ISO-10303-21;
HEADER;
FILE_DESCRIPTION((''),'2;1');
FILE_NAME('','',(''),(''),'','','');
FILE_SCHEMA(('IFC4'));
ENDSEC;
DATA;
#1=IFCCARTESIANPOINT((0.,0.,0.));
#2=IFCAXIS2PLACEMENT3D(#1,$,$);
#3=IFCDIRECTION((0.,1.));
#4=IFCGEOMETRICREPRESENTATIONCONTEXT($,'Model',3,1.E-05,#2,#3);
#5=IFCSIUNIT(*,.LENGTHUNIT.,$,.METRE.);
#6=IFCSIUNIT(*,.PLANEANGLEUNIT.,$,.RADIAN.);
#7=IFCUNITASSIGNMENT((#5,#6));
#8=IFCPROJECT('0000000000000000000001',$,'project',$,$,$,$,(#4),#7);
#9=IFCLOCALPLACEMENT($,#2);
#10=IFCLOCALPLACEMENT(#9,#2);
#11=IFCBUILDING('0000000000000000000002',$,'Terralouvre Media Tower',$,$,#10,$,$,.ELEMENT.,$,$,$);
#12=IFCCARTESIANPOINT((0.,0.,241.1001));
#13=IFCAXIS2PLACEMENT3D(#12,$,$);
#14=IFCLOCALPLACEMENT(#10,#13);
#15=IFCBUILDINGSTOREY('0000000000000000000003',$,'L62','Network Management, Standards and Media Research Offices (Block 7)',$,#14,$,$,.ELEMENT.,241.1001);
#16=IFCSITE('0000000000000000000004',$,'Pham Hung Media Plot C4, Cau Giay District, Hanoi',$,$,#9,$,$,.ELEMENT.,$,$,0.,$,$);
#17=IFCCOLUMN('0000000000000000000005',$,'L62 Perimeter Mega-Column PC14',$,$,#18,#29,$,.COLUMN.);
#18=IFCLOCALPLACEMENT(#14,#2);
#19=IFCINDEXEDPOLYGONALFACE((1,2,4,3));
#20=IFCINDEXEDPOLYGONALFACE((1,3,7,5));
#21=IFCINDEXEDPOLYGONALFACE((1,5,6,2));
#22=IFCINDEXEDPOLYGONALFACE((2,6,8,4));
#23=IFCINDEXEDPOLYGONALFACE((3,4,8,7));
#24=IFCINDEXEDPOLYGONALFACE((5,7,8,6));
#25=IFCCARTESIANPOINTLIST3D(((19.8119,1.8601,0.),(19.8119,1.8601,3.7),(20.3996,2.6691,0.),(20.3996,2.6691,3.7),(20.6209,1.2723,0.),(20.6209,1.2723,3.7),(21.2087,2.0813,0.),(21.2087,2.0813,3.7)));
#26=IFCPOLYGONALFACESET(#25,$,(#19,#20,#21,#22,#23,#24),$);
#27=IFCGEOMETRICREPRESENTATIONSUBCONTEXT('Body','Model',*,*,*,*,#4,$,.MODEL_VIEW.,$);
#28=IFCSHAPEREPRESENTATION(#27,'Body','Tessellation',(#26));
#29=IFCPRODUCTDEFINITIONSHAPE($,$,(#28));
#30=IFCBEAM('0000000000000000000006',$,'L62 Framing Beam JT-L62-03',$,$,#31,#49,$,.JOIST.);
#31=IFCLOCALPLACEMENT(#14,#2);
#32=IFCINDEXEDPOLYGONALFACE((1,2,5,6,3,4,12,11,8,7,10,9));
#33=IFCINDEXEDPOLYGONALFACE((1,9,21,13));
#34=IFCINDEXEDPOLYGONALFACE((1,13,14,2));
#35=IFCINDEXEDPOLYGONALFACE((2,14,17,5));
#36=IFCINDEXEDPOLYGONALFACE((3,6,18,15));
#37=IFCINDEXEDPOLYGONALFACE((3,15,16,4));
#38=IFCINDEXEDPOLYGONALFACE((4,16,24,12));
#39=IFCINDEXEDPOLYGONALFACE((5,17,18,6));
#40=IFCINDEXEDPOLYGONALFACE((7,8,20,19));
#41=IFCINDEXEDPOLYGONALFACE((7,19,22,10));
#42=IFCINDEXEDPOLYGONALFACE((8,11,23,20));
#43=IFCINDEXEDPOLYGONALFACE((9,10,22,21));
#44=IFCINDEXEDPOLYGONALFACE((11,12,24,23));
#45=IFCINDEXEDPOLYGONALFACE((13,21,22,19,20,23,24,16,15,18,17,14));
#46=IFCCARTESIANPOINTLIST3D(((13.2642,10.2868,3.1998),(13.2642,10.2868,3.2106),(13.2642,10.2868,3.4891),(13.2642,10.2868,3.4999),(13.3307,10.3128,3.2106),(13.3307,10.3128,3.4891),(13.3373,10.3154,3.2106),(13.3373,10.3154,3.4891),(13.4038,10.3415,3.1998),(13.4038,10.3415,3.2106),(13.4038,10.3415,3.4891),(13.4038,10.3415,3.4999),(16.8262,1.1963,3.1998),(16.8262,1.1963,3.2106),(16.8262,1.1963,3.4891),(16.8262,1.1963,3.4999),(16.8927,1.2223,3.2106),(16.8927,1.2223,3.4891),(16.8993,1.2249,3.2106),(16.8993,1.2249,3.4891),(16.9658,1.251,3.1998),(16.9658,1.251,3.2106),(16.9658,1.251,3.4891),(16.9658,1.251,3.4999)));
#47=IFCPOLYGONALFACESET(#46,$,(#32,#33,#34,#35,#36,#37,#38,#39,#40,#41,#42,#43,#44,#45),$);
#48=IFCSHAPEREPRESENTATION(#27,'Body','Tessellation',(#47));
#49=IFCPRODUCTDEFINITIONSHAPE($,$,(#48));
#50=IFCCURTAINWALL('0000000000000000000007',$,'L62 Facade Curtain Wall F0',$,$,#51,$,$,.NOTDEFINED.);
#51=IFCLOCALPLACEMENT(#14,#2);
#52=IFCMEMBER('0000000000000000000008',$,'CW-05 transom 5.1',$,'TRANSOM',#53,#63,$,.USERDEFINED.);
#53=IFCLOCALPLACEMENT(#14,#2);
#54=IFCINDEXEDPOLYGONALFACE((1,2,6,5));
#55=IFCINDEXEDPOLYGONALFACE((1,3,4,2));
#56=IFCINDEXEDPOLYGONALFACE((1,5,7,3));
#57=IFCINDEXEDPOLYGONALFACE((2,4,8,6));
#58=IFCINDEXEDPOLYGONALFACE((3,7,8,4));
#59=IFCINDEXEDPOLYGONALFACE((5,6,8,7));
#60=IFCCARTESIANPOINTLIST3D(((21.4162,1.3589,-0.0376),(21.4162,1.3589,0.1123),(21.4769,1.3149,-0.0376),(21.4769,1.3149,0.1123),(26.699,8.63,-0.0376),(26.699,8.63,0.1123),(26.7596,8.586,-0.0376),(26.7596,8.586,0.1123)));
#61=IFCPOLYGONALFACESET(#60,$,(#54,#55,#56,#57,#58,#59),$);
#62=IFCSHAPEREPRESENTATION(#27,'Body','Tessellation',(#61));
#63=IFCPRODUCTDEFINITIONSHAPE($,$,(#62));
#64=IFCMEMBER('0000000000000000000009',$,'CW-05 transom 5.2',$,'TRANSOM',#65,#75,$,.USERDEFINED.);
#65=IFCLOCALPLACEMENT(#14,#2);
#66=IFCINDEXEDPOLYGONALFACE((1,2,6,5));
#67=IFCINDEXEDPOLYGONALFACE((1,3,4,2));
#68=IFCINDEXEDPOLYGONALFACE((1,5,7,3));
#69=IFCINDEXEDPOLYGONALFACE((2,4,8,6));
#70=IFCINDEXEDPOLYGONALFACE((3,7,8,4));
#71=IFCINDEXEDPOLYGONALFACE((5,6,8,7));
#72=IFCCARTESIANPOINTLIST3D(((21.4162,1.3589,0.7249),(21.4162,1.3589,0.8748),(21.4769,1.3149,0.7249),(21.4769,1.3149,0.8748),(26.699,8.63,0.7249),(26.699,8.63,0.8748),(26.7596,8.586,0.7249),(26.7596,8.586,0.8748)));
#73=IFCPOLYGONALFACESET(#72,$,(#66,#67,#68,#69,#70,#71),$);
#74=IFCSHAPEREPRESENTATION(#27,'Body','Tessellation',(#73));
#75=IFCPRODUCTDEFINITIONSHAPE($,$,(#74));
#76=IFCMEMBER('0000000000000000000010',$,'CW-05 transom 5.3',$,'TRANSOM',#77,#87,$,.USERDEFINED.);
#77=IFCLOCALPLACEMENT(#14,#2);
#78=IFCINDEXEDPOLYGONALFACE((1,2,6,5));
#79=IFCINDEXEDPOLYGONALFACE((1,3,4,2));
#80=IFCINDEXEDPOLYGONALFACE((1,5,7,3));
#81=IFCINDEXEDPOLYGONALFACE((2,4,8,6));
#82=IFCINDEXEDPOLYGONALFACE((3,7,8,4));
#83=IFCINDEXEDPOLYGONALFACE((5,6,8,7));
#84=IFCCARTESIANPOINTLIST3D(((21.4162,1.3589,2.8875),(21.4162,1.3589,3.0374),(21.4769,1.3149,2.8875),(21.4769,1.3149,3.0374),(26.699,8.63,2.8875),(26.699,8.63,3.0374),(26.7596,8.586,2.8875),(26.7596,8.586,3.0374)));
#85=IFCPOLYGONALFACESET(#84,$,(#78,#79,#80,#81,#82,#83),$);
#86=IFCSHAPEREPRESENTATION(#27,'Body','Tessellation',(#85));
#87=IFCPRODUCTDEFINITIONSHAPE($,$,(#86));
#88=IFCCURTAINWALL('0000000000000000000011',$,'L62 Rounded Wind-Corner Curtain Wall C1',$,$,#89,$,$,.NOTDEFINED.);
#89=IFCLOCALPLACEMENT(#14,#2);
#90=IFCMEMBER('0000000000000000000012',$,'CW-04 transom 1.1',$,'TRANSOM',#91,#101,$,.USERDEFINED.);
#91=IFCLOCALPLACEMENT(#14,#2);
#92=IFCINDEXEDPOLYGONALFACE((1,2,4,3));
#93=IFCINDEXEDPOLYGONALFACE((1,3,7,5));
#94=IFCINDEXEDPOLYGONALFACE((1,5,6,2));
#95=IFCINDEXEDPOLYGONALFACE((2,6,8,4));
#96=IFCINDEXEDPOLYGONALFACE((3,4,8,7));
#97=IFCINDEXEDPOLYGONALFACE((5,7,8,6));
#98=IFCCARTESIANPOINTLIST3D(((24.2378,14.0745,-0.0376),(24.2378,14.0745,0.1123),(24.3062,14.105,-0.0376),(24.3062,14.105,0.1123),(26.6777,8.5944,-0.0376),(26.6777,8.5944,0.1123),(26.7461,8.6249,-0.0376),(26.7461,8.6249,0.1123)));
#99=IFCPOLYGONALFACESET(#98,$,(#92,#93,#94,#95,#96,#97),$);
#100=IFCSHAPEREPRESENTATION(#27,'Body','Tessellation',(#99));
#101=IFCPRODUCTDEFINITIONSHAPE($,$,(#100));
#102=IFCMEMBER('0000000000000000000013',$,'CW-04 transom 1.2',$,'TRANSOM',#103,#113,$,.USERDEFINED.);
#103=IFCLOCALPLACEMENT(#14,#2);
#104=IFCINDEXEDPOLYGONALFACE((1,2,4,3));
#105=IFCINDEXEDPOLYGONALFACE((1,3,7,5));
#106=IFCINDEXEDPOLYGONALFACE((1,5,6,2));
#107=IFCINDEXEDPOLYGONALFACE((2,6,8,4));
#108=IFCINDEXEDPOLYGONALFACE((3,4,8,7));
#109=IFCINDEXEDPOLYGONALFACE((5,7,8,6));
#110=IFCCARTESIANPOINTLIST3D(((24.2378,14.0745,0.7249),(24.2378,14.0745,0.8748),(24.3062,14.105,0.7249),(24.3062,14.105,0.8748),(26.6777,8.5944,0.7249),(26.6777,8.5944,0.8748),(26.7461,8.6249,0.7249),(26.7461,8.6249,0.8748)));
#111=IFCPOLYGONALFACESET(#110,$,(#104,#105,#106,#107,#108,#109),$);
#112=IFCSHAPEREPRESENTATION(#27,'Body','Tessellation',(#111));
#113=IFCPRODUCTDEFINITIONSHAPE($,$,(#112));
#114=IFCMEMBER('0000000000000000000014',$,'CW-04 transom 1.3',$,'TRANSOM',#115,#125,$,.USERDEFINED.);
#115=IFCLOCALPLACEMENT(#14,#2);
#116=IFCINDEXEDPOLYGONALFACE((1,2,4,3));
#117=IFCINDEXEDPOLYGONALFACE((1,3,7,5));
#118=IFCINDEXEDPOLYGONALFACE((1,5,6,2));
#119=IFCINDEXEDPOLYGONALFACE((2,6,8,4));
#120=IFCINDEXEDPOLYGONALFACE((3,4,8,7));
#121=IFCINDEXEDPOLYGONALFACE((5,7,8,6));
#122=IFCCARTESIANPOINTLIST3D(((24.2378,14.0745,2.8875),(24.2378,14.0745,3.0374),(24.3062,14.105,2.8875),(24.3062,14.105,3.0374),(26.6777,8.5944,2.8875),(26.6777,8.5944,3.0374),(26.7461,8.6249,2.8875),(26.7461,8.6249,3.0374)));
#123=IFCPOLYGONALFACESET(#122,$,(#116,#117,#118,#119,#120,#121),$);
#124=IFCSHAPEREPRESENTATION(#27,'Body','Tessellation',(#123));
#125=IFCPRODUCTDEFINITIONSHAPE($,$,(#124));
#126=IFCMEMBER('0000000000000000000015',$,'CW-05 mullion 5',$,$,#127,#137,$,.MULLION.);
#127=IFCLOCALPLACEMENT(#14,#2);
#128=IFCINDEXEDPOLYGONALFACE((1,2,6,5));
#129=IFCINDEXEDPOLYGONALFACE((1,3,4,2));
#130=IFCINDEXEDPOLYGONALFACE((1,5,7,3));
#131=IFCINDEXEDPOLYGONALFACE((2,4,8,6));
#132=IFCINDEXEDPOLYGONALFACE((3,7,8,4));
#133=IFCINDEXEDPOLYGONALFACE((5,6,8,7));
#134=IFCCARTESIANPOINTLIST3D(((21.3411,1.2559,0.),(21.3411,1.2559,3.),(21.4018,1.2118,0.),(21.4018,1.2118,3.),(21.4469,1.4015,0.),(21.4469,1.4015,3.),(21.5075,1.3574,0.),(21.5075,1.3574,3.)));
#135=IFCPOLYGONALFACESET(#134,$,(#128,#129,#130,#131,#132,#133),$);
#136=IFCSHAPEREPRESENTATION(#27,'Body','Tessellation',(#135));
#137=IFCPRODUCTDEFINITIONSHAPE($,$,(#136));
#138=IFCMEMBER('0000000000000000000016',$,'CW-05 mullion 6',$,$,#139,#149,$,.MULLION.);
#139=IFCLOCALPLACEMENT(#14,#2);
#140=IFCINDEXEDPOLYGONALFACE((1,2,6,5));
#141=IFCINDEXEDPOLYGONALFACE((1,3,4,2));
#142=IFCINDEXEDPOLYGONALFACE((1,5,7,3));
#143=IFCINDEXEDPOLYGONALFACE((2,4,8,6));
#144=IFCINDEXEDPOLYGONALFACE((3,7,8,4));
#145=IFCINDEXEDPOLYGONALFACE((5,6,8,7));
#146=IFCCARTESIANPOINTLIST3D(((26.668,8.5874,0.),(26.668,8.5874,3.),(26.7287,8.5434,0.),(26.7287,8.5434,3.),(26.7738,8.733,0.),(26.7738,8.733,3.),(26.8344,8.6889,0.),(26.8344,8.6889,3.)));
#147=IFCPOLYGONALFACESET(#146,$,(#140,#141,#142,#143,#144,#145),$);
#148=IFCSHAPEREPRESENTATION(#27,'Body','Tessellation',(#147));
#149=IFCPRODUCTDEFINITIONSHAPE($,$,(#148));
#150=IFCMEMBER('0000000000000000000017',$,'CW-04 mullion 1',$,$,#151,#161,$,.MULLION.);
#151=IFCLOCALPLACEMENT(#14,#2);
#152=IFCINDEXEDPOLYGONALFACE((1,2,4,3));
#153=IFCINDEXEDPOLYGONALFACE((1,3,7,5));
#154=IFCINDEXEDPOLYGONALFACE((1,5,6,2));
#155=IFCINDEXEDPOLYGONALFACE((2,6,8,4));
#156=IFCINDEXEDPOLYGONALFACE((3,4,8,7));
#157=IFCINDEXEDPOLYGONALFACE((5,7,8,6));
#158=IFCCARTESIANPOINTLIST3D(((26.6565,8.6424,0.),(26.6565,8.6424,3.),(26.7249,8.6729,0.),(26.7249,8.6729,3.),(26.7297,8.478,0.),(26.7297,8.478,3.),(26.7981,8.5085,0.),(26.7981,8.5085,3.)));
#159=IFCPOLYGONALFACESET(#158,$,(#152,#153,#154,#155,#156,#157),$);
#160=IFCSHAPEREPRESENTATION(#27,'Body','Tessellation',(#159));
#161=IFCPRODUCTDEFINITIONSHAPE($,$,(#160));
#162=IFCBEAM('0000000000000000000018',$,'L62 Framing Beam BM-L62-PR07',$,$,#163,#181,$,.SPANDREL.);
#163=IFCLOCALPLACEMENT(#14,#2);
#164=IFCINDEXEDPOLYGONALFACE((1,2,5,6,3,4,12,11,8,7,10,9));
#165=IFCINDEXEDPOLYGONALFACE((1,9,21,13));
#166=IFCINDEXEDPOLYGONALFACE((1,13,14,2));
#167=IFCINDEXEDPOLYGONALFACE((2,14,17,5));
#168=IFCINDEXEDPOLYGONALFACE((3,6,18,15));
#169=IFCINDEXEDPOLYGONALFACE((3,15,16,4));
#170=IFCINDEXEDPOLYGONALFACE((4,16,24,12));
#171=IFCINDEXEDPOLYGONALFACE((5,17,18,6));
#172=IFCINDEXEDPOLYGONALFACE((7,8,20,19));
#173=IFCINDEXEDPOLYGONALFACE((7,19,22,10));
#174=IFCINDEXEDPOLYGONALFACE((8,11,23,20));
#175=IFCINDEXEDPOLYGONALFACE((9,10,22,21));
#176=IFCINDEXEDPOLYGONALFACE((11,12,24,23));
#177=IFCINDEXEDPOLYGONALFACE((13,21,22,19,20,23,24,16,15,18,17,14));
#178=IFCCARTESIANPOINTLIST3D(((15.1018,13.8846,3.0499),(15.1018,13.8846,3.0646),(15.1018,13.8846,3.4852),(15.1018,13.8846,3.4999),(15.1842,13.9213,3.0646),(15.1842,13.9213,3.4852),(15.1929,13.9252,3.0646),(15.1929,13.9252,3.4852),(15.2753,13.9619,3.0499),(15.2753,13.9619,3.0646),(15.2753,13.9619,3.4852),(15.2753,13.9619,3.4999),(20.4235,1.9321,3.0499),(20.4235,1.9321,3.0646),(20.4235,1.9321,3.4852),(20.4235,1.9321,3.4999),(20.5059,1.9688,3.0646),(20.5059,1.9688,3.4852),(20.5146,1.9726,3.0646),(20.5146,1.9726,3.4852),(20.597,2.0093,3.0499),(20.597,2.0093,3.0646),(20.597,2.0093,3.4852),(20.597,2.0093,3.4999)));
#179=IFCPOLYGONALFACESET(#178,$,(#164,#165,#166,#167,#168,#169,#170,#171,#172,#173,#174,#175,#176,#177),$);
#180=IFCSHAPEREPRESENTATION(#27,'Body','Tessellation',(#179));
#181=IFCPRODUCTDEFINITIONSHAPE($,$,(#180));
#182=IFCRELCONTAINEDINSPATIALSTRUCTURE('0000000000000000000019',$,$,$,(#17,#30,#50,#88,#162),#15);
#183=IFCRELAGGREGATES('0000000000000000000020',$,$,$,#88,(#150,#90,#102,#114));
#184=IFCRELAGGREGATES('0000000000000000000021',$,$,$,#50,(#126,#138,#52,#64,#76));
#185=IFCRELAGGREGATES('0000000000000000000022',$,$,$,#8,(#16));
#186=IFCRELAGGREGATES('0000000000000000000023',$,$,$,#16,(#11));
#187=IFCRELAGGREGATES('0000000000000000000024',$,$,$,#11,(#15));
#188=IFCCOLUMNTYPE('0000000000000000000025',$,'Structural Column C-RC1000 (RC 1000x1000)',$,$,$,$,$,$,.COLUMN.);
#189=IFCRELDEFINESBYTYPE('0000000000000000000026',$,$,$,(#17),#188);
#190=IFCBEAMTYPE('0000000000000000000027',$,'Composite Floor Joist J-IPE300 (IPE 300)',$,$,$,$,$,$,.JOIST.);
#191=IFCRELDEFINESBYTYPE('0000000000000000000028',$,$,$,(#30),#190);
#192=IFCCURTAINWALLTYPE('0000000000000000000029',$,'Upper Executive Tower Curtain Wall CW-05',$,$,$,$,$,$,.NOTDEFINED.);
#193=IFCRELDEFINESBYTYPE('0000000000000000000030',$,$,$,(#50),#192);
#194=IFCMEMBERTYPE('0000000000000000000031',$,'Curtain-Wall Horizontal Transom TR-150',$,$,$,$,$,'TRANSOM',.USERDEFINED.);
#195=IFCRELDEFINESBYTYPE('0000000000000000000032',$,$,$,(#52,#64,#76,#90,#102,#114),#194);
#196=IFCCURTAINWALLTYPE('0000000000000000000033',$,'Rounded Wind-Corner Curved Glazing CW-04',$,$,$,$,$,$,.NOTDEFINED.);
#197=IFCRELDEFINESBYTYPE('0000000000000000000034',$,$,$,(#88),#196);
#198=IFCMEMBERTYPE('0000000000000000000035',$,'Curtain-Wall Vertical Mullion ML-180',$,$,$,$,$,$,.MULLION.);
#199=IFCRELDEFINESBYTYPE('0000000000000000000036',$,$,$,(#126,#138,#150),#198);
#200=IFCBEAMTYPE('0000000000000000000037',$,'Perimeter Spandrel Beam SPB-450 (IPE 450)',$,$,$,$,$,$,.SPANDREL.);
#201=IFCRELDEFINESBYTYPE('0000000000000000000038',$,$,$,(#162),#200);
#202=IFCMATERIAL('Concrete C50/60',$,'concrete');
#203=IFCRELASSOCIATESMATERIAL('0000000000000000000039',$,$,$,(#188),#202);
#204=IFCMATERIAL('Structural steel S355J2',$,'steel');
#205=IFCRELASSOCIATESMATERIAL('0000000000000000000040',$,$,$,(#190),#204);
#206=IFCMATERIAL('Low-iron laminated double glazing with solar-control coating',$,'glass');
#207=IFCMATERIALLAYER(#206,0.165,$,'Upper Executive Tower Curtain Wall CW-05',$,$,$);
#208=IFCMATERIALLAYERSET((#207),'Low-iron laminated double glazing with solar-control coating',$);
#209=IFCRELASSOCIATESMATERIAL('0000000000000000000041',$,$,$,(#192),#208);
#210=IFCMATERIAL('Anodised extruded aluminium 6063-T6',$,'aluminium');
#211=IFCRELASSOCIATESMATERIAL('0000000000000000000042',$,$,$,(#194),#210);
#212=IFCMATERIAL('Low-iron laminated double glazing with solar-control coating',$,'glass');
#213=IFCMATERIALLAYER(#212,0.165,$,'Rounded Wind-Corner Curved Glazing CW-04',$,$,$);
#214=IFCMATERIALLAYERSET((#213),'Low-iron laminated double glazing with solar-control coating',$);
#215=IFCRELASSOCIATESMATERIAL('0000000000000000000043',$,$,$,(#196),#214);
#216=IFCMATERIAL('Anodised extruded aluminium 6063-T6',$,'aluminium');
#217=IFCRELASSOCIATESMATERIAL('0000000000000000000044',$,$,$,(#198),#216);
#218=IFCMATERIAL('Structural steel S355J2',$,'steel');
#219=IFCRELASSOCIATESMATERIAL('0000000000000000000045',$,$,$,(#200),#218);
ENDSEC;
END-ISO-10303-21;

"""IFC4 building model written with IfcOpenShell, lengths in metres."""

from ifc_helpers import new_model, si_unit, direction, frame, origin, origin_2d, place, context, subcontext, project, spatial, rectangle, i_section, extrude, material, layer, layer_set, material_profile, profile_set, type_object, element, aggregate, save


model = new_model("IFC4")

# Units and contexts
model_context = context("Model", 3, precision=1e-05, world=origin(), true_north=direction((0.0, 1.0)))
body_context = subcontext(model_context, "Body", "Model", "MODEL_VIEW")
ifc_project = project(units=[si_unit("LENGTHUNIT", "METRE"), si_unit("PLANEANGLEUNIT", "RADIAN")], contexts=[model_context])

# Site, building, storey
site_placement = place(None, origin())
site = spatial("IfcSite", under=ifc_project, at=site_placement, Name="Pham Hung Media Plot C4, Cau Giay District, Hanoi", CompositionType="ELEMENT", RefElevation=0.0)
building_placement = place(site_placement, origin())
building = spatial("IfcBuilding", under=site, at=building_placement, Name="Terralouvre Media Tower", CompositionType="ELEMENT")
storey_placement = place(building_placement, frame((0.0, 0.0, 241.1001)))
storey = spatial("IfcBuildingStorey", under=building, at=storey_placement, Name="L62", Description="Network Management, Standards and Media Research Offices (Block 7)", CompositionType="ELEMENT", Elevation=241.1001)

# Column
ifc_material_1 = material(Name="Concrete C50/60", Category="concrete")
ifc_material_profile_1 = material_profile(ifc_material_1, rectangle(XDim=1.0, YDim=1.0, at=origin_2d()), Name="RC 1000x1000")
ifc_profile_set_1 = profile_set([ifc_material_profile_1], Name="Concrete C50/60")
column_type = type_object("IfcColumnType", Name="Structural Column C-RC1000 (RC 1000x1000)", PredefinedType="COLUMN", material=ifc_profile_set_1)
column_placement = place(storey_placement, frame((20.5103, 1.9707, 0.0), z_axis=(0.0, 0.0, 1.0), x_axis=(0.587785, 0.809017, 0.0)))
element("IfcColumn", 1, at=column_placement, inside=storey, type_object=column_type, Name="L62 Perimeter Mega-Column PC14", PredefinedType="COLUMN", context=body_context, shape_type="SweptSolid", body=[
    extrude(rectangle(XDim=1.0, YDim=1.0, at=origin_2d()), origin(), (0.0, 0.0, 1.0), 3.7),
])

# Beam
ifc_material_2 = material(Name="Structural steel S355J2", Category="steel")
ifc_material_profile_2 = material_profile(ifc_material_2, i_section(OverallWidth=0.1499, OverallDepth=0.3, WebThickness=0.0071, FlangeThickness=0.0107, at=origin_2d()), Name="IPE 300")
ifc_profile_set_2 = profile_set([ifc_material_profile_2], Name="Structural steel S355J2")
beam_type_1 = type_object("IfcBeamType", Name="Composite Floor Joist J-IPE300 (IPE 300)", PredefinedType="JOIST", material=ifc_profile_set_2)
beam_1_placement = place(storey_placement, frame((16.896, 1.2236, 3.3499), z_axis=(-0.364828, 0.931075, 0.0), x_axis=(-0.931075, -0.364828, 0.0)))
element("IfcBeam", 2, at=beam_1_placement, inside=storey, type_object=beam_type_1, Name="L62 Framing Beam JT-L62-03", PredefinedType="JOIST", context=body_context, shape_type="SweptSolid", body=[
    extrude(i_section(OverallWidth=0.1499, OverallDepth=0.3, WebThickness=0.0071, FlangeThickness=0.0107, at=origin_2d()), origin(), (0.0, 0.0, 1.0), 9.7634),
])

# Curtain walls, members
ifc_material_3 = material(Name="Low-iron laminated double glazing with solar-control coating", Category="glass")
ifc_layer_1 = layer(ifc_material_3, 0.165, Name="Upper Executive Tower Curtain Wall CW-05")
ifc_layer_set_1 = layer_set([ifc_layer_1], Name="Low-iron laminated double glazing with solar-control coating")
curtain_wall_type_1 = type_object("IfcCurtainWallType", Name="Upper Executive Tower Curtain Wall CW-05", PredefinedType="NOTDEFINED", material=ifc_layer_set_1)
curtain_wall_1_placement = place(storey_placement, origin())
curtain_wall_1 = element("IfcCurtainWall", 3, at=curtain_wall_1_placement, inside=storey, type_object=curtain_wall_type_1, Name="L62 Facade Curtain Wall F0", PredefinedType="NOTDEFINED")
ifc_material_4 = material(Name="Anodised extruded aluminium 6063-T6", Category="aluminium")
ifc_material_profile_3 = material_profile(ifc_material_4, rectangle(XDim=0.075, YDim=0.1499, at=origin_2d()), Name="ALU 75x150")
ifc_profile_set_3 = profile_set([ifc_material_profile_3], Name="Anodised extruded aluminium 6063-T6")
member_type_1 = type_object("IfcMemberType", Name="Curtain-Wall Horizontal Transom TR-150", ElementType="TRANSOM", PredefinedType="USERDEFINED", material=ifc_profile_set_3)
member_1_placement = place(storey_placement, frame((21.4465, 1.3369, 0.0374), z_axis=(0.587787, 0.809016, 0.0), x_axis=(-0.809016, 0.587787, 0.0)))
member_1 = element("IfcMember", 4, at=member_1_placement, type_object=member_type_1, Name="CW-05 transom 5.1", ObjectType="TRANSOM", PredefinedType="USERDEFINED", context=body_context, shape_type="SweptSolid", body=[
    extrude(rectangle(XDim=0.075, YDim=0.1499, at=origin_2d()), origin(), (0.0, 0.0, 1.0), 8.9875),
])
member_2_placement = place(storey_placement, frame((21.4465, 1.3369, 0.7998), z_axis=(0.587787, 0.809016, 0.0), x_axis=(-0.809016, 0.587787, 0.0)))
member_2 = element("IfcMember", 5, at=member_2_placement, type_object=member_type_1, Name="CW-05 transom 5.2", ObjectType="TRANSOM", PredefinedType="USERDEFINED", context=body_context, shape_type="SweptSolid", body=[
    extrude(rectangle(XDim=0.075, YDim=0.1499, at=origin_2d()), origin(), (0.0, 0.0, 1.0), 8.9875),
])
member_3_placement = place(storey_placement, frame((21.4465, 1.3369, 2.9624), z_axis=(0.587787, 0.809016, 0.0), x_axis=(-0.809016, 0.587787, 0.0)))
member_3 = element("IfcMember", 6, at=member_3_placement, type_object=member_type_1, Name="CW-05 transom 5.3", ObjectType="TRANSOM", PredefinedType="USERDEFINED", context=body_context, shape_type="SweptSolid", body=[
    extrude(rectangle(XDim=0.075, YDim=0.1499, at=origin_2d()), origin(), (0.0, 0.0, 1.0), 8.9875),
])
ifc_material_5 = material(Name="Low-iron laminated double glazing with solar-control coating", Category="glass")
ifc_layer_2 = layer(ifc_material_5, 0.165, Name="Rounded Wind-Corner Curved Glazing CW-04")
ifc_layer_set_2 = layer_set([ifc_layer_2], Name="Low-iron laminated double glazing with solar-control coating")
curtain_wall_type_2 = type_object("IfcCurtainWallType", Name="Rounded Wind-Corner Curved Glazing CW-04", PredefinedType="NOTDEFINED", material=ifc_layer_set_2)
curtain_wall_2_placement = place(storey_placement, origin())
curtain_wall_2 = element("IfcCurtainWall", 7, at=curtain_wall_2_placement, inside=storey, type_object=curtain_wall_type_2, Name="L62 Rounded Wind-Corner Curtain Wall C1", PredefinedType="NOTDEFINED")
member_4_placement = place(storey_placement, frame((26.7119, 8.6096, 0.0374), z_axis=(-0.406735, 0.913546, 0.0), x_axis=(-0.913546, -0.406735, 0.0)))
member_4 = element("IfcMember", 8, at=member_4_placement, type_object=member_type_1, Name="CW-04 transom 1.1", ObjectType="TRANSOM", PredefinedType="USERDEFINED", context=body_context, shape_type="SweptSolid", body=[
    extrude(rectangle(XDim=0.075, YDim=0.1499, at=origin_2d()), origin(), (0.0, 0.0, 1.0), 5.9988),
])
member_5_placement = place(storey_placement, frame((26.7119, 8.6096, 0.7998), z_axis=(-0.406735, 0.913546, 0.0), x_axis=(-0.913546, -0.406735, 0.0)))
member_5 = element("IfcMember", 9, at=member_5_placement, type_object=member_type_1, Name="CW-04 transom 1.2", ObjectType="TRANSOM", PredefinedType="USERDEFINED", context=body_context, shape_type="SweptSolid", body=[
    extrude(rectangle(XDim=0.075, YDim=0.1499, at=origin_2d()), origin(), (0.0, 0.0, 1.0), 5.9988),
])
member_6_placement = place(storey_placement, frame((26.7119, 8.6096, 2.9624), z_axis=(-0.406735, 0.913546, 0.0), x_axis=(-0.913546, -0.406735, 0.0)))
member_6 = element("IfcMember", 10, at=member_6_placement, type_object=member_type_1, Name="CW-04 transom 1.3", ObjectType="TRANSOM", PredefinedType="USERDEFINED", context=body_context, shape_type="SweptSolid", body=[
    extrude(rectangle(XDim=0.075, YDim=0.1499, at=origin_2d()), origin(), (0.0, 0.0, 1.0), 5.9988),
])

# Members
ifc_material_6 = material(Name="Anodised extruded aluminium 6063-T6", Category="aluminium")
ifc_material_profile_4 = material_profile(ifc_material_6, rectangle(XDim=0.075, YDim=0.1799, at=origin_2d()), Name="ALU 75x180")
ifc_profile_set_4 = profile_set([ifc_material_profile_4], Name="Anodised extruded aluminium 6063-T6")
member_type_2 = type_object("IfcMemberType", Name="Curtain-Wall Vertical Mullion ML-180", PredefinedType="MULLION", material=ifc_profile_set_4)
member_7_placement = place(storey_placement, frame((21.4243, 1.3066, 0.0), z_axis=(0.0, 0.0, 1.0), x_axis=(-0.809017, 0.587785, 0.0)))
member_7 = element("IfcMember", 11, at=member_7_placement, type_object=member_type_2, Name="CW-05 mullion 5", PredefinedType="MULLION", context=body_context, shape_type="SweptSolid", body=[
    extrude(rectangle(XDim=0.075, YDim=0.1799, at=origin_2d()), origin(), (0.0, 0.0, 1.0), 3.0),
])
member_8_placement = place(storey_placement, frame((26.7512, 8.6382, 0.0), z_axis=(0.0, 0.0, 1.0), x_axis=(-0.809017, 0.587785, 0.0)))
member_8 = element("IfcMember", 12, at=member_8_placement, type_object=member_type_2, Name="CW-05 mullion 6", PredefinedType="MULLION", context=body_context, shape_type="SweptSolid", body=[
    extrude(rectangle(XDim=0.075, YDim=0.1799, at=origin_2d()), origin(), (0.0, 0.0, 1.0), 3.0),
])
member_9_placement = place(storey_placement, frame((26.7273, 8.5754, 0.0), z_axis=(0.0, 0.0, 1.0), x_axis=(-0.913545, -0.406737, 0.0)))
member_9 = element("IfcMember", 13, at=member_9_placement, type_object=member_type_2, Name="CW-04 mullion 1", PredefinedType="MULLION", context=body_context, shape_type="SweptSolid", body=[
    extrude(rectangle(XDim=0.075, YDim=0.1799, at=origin_2d()), origin(), (0.0, 0.0, 1.0), 3.0),
])
aggregate(curtain_wall_2, [member_9, member_4, member_5, member_6])

# Beam
ifc_material_7 = material(Name="Structural steel S355J2", Category="steel")
ifc_material_profile_5 = material_profile(ifc_material_7, i_section(OverallWidth=0.1899, OverallDepth=0.45, WebThickness=0.0095, FlangeThickness=0.0146, at=origin_2d()), Name="IPE 450")
ifc_profile_set_5 = profile_set([ifc_material_profile_5], Name="Structural steel S355J2")
beam_type_2 = type_object("IfcBeamType", Name="Perimeter Spandrel Beam SPB-450 (IPE 450)", PredefinedType="SPANDREL", material=ifc_profile_set_5)
beam_2_placement = place(storey_placement, frame((20.5103, 1.9707, 3.2749), z_axis=(-0.406744, 0.913542, 0.0), x_axis=(-0.913542, -0.406744, 0.0)))
element("IfcBeam", 14, at=beam_2_placement, inside=storey, type_object=beam_type_2, Name="L62 Framing Beam BM-L62-PR07", PredefinedType="SPANDREL", context=body_context, shape_type="SweptSolid", body=[
    extrude(i_section(OverallWidth=0.1899, OverallDepth=0.45, WebThickness=0.0095, FlangeThickness=0.0146, at=origin_2d()), origin(), (0.0, 0.0, 1.0), 13.0837),
])

aggregate(curtain_wall_1, [member_7, member_8, member_1, member_2, member_3])

save(model, "model.ifc")
